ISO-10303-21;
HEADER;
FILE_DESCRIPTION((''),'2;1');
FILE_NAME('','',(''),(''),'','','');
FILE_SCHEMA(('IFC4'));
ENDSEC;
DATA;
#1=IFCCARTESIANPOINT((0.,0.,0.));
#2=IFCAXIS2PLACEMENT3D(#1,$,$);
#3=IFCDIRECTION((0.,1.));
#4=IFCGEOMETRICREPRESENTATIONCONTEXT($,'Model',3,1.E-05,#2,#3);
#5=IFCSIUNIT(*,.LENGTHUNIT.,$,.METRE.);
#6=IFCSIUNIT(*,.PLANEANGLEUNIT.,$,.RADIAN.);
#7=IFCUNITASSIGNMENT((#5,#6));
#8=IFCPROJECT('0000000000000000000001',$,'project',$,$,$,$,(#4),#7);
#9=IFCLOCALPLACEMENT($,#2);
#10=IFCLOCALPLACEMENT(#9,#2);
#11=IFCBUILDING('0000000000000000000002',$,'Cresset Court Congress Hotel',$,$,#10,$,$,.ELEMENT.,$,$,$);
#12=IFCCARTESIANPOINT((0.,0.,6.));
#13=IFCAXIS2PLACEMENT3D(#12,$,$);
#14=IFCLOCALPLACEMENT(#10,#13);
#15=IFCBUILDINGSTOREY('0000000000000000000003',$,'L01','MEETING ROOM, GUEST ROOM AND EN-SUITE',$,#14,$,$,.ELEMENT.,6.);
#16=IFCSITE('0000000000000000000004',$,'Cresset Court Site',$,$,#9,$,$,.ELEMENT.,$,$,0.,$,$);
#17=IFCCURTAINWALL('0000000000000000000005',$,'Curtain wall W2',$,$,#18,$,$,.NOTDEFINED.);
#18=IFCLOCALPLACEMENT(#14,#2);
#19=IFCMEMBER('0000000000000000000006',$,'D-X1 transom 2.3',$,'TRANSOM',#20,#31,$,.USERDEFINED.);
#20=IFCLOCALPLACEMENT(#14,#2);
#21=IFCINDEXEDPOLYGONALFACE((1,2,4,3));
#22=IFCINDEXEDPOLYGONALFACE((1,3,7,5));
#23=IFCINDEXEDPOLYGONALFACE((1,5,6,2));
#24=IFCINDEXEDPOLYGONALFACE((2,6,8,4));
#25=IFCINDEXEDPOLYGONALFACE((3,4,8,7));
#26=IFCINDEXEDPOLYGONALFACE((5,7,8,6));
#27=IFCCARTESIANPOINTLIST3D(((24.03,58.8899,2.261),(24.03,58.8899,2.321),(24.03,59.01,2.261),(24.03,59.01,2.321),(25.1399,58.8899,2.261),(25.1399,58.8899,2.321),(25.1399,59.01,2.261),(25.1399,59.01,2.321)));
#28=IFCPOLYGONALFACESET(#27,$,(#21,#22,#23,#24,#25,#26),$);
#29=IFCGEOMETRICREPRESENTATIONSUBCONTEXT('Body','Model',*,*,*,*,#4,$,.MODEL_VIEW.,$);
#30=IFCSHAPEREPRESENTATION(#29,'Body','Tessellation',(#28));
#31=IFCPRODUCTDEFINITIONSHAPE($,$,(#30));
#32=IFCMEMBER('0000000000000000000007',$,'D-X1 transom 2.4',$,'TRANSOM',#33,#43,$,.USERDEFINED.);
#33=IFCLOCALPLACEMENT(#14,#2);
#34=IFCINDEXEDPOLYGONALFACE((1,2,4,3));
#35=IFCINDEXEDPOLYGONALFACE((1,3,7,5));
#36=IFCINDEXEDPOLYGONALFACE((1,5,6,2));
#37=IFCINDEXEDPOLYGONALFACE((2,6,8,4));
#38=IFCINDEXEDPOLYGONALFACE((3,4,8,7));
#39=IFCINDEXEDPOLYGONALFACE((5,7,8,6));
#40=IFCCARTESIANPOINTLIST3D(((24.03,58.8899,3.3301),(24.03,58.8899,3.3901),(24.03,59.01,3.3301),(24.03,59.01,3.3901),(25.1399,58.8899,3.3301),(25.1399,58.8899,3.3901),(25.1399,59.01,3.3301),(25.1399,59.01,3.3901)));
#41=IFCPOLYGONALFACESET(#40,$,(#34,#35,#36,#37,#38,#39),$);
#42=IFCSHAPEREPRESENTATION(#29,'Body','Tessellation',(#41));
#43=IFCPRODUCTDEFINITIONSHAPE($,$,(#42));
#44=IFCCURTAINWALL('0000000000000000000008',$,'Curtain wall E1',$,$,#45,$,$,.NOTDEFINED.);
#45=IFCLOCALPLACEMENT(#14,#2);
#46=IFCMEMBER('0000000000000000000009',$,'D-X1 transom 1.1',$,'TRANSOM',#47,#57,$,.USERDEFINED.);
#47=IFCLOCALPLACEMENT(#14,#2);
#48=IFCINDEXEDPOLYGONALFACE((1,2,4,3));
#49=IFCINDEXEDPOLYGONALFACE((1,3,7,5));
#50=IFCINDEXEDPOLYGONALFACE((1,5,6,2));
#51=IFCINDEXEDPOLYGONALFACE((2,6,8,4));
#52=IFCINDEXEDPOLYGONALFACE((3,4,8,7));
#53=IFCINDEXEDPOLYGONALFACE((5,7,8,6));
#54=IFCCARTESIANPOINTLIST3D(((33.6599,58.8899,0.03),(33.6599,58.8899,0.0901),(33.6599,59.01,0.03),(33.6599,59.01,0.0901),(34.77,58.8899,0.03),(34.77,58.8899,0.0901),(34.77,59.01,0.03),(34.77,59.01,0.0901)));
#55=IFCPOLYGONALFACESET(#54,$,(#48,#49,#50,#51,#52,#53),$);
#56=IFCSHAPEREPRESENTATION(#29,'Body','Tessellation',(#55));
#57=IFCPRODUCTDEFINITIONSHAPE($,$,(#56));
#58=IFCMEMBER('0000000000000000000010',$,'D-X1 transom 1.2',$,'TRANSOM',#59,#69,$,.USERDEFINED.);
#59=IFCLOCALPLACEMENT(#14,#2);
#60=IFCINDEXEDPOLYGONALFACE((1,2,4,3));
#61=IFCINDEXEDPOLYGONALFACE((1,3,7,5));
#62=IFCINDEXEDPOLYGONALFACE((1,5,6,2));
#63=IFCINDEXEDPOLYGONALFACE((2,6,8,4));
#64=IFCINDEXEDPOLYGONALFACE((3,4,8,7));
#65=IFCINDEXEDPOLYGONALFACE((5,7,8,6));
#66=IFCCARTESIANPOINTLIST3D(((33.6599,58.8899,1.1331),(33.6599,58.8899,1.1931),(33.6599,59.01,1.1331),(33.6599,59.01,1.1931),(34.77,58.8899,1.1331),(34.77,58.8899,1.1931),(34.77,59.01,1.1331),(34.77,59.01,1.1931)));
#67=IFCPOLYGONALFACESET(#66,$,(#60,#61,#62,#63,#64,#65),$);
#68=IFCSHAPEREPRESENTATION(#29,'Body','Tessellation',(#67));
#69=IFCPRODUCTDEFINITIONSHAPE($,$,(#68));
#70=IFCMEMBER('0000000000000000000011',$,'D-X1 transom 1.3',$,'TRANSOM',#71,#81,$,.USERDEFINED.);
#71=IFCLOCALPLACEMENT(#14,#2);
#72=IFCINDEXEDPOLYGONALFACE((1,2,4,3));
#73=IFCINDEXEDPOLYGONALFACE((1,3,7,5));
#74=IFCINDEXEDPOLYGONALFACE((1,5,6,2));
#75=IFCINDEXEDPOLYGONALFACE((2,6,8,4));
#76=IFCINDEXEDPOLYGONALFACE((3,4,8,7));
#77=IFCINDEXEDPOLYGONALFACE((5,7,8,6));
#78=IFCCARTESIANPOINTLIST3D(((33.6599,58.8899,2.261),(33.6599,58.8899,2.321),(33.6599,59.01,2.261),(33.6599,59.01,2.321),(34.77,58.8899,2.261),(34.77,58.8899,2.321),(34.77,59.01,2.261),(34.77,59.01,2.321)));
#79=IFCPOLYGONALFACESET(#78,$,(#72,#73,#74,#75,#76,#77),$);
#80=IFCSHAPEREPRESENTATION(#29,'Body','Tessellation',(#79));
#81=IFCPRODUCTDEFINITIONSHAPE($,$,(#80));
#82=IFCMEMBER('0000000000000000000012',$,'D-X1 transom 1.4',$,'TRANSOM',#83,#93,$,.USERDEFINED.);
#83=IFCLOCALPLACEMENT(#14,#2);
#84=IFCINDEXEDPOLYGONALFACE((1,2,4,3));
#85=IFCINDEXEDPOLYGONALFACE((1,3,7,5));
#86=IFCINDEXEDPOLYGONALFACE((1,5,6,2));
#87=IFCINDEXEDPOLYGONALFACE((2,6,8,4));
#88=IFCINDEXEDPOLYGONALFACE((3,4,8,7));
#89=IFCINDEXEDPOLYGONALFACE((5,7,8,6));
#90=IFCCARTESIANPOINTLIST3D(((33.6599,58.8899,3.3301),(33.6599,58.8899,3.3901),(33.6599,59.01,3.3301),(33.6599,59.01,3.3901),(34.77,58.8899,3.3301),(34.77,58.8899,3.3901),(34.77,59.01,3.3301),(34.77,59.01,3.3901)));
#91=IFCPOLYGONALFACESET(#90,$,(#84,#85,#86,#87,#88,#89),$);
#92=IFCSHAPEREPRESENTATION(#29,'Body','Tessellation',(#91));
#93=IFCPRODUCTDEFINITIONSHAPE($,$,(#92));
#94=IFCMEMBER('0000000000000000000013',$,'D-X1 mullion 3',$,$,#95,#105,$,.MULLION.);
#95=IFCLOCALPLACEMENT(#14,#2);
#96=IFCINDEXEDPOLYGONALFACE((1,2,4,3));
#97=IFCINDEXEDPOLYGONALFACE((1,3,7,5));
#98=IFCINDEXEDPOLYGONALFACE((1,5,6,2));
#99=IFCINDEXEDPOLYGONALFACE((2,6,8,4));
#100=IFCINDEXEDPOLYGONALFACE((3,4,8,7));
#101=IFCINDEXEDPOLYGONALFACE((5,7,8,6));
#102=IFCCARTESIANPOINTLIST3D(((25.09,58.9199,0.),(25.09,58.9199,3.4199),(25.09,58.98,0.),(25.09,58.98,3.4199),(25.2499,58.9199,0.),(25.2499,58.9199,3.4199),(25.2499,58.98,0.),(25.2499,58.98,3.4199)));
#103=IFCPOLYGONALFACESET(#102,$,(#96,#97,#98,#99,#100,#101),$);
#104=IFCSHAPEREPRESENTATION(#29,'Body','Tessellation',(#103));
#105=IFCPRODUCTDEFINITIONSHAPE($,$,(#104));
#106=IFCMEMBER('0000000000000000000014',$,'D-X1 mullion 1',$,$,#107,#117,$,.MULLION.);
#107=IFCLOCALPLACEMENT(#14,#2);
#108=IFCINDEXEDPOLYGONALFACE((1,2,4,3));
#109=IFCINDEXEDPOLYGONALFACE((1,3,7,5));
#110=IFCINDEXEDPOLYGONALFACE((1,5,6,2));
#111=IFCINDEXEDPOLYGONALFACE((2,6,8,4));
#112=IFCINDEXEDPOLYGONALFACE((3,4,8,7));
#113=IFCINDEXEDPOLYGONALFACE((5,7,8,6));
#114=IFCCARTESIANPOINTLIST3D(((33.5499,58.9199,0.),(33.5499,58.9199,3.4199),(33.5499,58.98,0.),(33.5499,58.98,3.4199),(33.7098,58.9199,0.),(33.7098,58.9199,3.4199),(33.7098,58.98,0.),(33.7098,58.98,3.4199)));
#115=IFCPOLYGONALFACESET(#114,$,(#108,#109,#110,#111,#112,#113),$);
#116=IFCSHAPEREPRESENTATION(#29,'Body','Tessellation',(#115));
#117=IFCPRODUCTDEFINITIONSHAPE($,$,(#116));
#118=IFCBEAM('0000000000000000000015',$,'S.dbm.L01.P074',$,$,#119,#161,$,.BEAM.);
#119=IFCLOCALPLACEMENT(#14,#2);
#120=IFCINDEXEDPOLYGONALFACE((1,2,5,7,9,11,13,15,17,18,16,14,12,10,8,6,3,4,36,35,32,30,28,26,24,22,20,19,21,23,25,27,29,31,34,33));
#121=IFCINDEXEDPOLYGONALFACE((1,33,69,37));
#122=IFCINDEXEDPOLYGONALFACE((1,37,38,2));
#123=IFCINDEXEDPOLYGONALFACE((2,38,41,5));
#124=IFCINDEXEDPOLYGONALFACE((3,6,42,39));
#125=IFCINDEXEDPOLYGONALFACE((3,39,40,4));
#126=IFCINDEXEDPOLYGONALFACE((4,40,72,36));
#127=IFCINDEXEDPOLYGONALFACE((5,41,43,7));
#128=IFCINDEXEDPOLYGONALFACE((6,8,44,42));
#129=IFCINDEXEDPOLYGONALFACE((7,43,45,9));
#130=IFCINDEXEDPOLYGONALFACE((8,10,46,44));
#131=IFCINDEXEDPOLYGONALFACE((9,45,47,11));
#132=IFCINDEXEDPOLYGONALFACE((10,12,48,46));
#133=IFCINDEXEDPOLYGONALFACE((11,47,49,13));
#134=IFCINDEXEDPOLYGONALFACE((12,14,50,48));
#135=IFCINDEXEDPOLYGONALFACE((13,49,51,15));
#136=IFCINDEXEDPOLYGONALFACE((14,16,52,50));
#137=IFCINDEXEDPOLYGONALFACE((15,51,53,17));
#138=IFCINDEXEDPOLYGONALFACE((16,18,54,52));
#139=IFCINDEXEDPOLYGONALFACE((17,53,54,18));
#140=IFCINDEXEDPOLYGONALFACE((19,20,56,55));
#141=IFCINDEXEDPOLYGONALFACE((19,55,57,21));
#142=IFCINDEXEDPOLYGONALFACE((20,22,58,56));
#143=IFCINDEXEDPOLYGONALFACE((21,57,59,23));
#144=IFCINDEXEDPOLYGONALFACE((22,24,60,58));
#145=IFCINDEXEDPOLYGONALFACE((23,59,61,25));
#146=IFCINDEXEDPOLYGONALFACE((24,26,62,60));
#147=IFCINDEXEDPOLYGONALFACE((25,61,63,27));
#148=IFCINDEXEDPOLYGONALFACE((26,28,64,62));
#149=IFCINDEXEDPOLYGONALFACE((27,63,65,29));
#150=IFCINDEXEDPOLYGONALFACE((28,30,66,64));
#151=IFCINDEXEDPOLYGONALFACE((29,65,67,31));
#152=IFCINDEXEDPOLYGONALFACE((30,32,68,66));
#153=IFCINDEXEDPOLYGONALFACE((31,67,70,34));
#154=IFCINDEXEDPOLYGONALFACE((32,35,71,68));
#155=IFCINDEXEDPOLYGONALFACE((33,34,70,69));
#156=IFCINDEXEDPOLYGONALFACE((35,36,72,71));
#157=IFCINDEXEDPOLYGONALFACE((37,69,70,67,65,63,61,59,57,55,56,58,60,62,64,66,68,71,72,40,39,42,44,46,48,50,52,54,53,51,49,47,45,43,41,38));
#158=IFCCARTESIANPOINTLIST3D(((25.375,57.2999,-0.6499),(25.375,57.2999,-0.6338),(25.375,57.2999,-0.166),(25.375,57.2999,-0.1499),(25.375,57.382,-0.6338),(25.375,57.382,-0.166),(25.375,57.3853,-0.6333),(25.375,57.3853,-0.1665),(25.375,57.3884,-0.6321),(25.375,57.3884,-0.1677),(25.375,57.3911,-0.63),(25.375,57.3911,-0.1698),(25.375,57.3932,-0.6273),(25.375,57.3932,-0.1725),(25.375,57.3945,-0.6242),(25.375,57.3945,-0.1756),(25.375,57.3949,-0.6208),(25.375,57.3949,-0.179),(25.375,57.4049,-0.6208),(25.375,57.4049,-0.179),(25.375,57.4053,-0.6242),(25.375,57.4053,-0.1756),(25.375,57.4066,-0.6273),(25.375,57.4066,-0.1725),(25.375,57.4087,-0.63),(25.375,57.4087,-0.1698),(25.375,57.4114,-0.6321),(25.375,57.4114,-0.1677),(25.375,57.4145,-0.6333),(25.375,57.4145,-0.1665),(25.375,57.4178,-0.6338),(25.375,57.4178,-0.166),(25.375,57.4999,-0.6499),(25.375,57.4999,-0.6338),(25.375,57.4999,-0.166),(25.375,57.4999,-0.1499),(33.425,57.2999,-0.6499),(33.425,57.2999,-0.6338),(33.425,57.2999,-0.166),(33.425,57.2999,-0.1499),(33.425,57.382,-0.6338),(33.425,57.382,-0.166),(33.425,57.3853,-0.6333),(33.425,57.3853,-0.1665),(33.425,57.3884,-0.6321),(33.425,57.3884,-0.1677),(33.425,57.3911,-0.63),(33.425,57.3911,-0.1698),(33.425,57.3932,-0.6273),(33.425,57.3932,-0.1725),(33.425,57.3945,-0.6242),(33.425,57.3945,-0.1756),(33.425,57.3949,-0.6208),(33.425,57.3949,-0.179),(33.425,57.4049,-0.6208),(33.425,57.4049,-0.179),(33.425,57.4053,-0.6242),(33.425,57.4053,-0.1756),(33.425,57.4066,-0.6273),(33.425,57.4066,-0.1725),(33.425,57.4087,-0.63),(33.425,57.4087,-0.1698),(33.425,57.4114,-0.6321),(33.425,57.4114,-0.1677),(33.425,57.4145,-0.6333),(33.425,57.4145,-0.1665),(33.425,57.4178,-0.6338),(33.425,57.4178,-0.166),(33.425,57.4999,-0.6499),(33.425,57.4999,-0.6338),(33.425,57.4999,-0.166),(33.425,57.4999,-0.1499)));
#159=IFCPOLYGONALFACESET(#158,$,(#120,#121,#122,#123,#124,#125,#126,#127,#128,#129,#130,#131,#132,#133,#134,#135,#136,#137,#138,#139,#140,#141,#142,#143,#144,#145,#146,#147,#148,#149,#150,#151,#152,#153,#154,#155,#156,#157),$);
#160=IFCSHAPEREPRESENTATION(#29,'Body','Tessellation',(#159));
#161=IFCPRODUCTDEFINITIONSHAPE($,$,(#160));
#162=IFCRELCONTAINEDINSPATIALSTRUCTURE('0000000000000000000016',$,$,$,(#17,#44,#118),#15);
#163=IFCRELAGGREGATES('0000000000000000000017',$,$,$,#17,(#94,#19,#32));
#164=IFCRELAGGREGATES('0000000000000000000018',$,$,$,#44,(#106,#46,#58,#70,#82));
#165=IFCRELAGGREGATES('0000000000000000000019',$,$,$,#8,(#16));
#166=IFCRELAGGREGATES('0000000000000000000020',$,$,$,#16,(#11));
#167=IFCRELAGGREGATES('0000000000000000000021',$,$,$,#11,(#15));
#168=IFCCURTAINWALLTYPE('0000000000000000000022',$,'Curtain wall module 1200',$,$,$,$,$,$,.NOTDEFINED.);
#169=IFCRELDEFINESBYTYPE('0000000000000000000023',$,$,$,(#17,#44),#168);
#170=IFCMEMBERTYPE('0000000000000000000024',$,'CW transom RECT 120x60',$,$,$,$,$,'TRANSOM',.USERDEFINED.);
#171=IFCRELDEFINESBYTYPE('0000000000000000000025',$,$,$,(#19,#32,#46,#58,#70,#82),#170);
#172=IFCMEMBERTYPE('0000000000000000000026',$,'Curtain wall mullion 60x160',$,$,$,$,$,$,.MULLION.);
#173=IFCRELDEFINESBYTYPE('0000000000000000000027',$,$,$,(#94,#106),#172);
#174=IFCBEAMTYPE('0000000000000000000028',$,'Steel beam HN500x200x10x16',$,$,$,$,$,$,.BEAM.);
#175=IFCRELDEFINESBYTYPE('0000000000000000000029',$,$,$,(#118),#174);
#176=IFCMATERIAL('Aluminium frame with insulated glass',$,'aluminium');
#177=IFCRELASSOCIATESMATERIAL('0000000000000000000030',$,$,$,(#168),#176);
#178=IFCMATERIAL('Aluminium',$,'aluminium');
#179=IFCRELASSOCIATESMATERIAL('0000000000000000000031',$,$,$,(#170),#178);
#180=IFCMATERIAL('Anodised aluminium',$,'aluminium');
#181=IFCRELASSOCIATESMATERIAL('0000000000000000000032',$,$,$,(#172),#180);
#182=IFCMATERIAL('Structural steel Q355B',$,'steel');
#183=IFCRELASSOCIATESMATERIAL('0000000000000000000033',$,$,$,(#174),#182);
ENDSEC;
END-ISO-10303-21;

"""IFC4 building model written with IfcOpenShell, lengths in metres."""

from ifc_helpers import new_model, si_unit, direction, frame, origin, origin_2d, place, context, subcontext, project, spatial, rectangle, i_section, extrude, material, material_profile, profile_set, type_object, element, aggregate, save


model = new_model("IFC4")

# Units and contexts
model_context = context("Model", 3, precision=1e-05, world=origin(), true_north=direction((0.0, 1.0)))
body_context = subcontext(model_context, "Body", "Model", "MODEL_VIEW")
ifc_project = project(units=[si_unit("LENGTHUNIT", "METRE"), si_unit("PLANEANGLEUNIT", "RADIAN")], contexts=[model_context])

# Site, building, storey
site_placement = place(None, origin())
site = spatial("IfcSite", under=ifc_project, at=site_placement, Name="Cresset Court Site", CompositionType="ELEMENT", RefElevation=0.0)
building_placement = place(site_placement, origin())
building = spatial("IfcBuilding", under=site, at=building_placement, Name="Cresset Court Congress Hotel", CompositionType="ELEMENT")
storey_placement = place(building_placement, frame((0.0, 0.0, 6.0)))
storey = spatial("IfcBuildingStorey", under=building, at=storey_placement, Name="L01", Description="MEETING ROOM, GUEST ROOM AND EN-SUITE", CompositionType="ELEMENT", Elevation=6.0)

# Curtain walls, members
ifc_material_1 = material(Name="Aluminium frame with insulated glass", Category="aluminium")
curtain_wall_type = type_object("IfcCurtainWallType", Name="Curtain wall module 1200", PredefinedType="NOTDEFINED", material=ifc_material_1)
curtain_wall_1_placement = place(storey_placement, origin())
curtain_wall_1 = element("IfcCurtainWall", 1, at=curtain_wall_1_placement, inside=storey, type_object=curtain_wall_type, Name="Curtain wall W2", PredefinedType="NOTDEFINED")
ifc_material_2 = material(Name="Aluminium", Category="aluminium")
ifc_material_profile_1 = material_profile(ifc_material_2, rectangle(XDim=0.1201, YDim=0.0601, at=origin_2d()), Name="AL 120x60")
ifc_profile_set_1 = profile_set([ifc_material_profile_1], Name="Aluminium")
member_type_1 = type_object("IfcMemberType", Name="CW transom RECT 120x60", ElementType="TRANSOM", PredefinedType="USERDEFINED", material=ifc_profile_set_1)
member_1_placement = place(storey_placement, frame((24.03, 58.95, 2.291), z_axis=(1.0, 0.0, 0.0), x_axis=(0.0, 1.0, 0.0)))
member_1 = element("IfcMember", 2, at=member_1_placement, type_object=member_type_1, Name="D-X1 transom 2.3", ObjectType="TRANSOM", PredefinedType="USERDEFINED", context=body_context, shape_type="SweptSolid", body=[
    extrude(rectangle(XDim=0.1201, YDim=0.0601, at=origin_2d()), origin(), (0.0, 0.0, 1.0), 1.1099),
])
member_2_placement = place(storey_placement, frame((24.03, 58.95, 3.3601), z_axis=(1.0, 0.0, 0.0), x_axis=(0.0, 1.0, 0.0)))
member_2 = element("IfcMember", 3, at=member_2_placement, type_object=member_type_1, Name="D-X1 transom 2.4", ObjectType="TRANSOM", PredefinedType="USERDEFINED", context=body_context, shape_type="SweptSolid", body=[
    extrude(rectangle(XDim=0.1201, YDim=0.0601, at=origin_2d()), origin(), (0.0, 0.0, 1.0), 1.1099),
])
curtain_wall_2_placement = place(storey_placement, origin())
curtain_wall_2 = element("IfcCurtainWall", 4, at=curtain_wall_2_placement, inside=storey, type_object=curtain_wall_type, Name="Curtain wall E1", PredefinedType="NOTDEFINED")
member_3_placement = place(storey_placement, frame((33.6599, 58.95, 0.0601), z_axis=(1.0, 0.0, 0.0), x_axis=(0.0, 1.0, 0.0)))
member_3 = element("IfcMember", 5, at=member_3_placement, type_object=member_type_1, Name="D-X1 transom 1.1", ObjectType="TRANSOM", PredefinedType="USERDEFINED", context=body_context, shape_type="SweptSolid", body=[
    extrude(rectangle(XDim=0.1201, YDim=0.0601, at=origin_2d()), origin(), (0.0, 0.0, 1.0), 1.1101),
])
member_4_placement = place(storey_placement, frame((33.6599, 58.95, 1.1631), z_axis=(1.0, 0.0, 0.0), x_axis=(0.0, 1.0, 0.0)))
member_4 = element("IfcMember", 6, at=member_4_placement, type_object=member_type_1, Name="D-X1 transom 1.2", ObjectType="TRANSOM", PredefinedType="USERDEFINED", context=body_context, shape_type="SweptSolid", body=[
    extrude(rectangle(XDim=0.1201, YDim=0.0601, at=origin_2d()), origin(), (0.0, 0.0, 1.0), 1.1101),
])
member_5_placement = place(storey_placement, frame((33.6599, 58.95, 2.291), z_axis=(1.0, 0.0, 0.0), x_axis=(0.0, 1.0, 0.0)))
member_5 = element("IfcMember", 7, at=member_5_placement, type_object=member_type_1, Name="D-X1 transom 1.3", ObjectType="TRANSOM", PredefinedType="USERDEFINED", context=body_context, shape_type="SweptSolid", body=[
    extrude(rectangle(XDim=0.1201, YDim=0.0601, at=origin_2d()), origin(), (0.0, 0.0, 1.0), 1.1101),
])
member_6_placement = place(storey_placement, frame((33.6599, 58.95, 3.3601), z_axis=(1.0, 0.0, 0.0), x_axis=(0.0, 1.0, 0.0)))
member_6 = element("IfcMember", 8, at=member_6_placement, type_object=member_type_1, Name="D-X1 transom 1.4", ObjectType="TRANSOM", PredefinedType="USERDEFINED", context=body_context, shape_type="SweptSolid", body=[
    extrude(rectangle(XDim=0.1201, YDim=0.0601, at=origin_2d()), origin(), (0.0, 0.0, 1.0), 1.1101),
])

# Members
ifc_material_3 = material(Name="Anodised aluminium", Category="aluminium")
ifc_material_profile_2 = material_profile(ifc_material_3, rectangle(XDim=0.0601, YDim=0.1599, at=origin_2d()), Name="AL60x160")
ifc_profile_set_2 = profile_set([ifc_material_profile_2], Name="Anodised aluminium")
member_type_2 = type_object("IfcMemberType", Name="Curtain wall mullion 60x160", PredefinedType="MULLION", material=ifc_profile_set_2)
member_7_placement = place(storey_placement, frame((25.1699, 58.95, 0.0), z_axis=(0.0, 0.0, 1.0), x_axis=(0.0, 1.0, 0.0)))
member_7 = element("IfcMember", 9, at=member_7_placement, type_object=member_type_2, Name="D-X1 mullion 3", PredefinedType="MULLION", context=body_context, shape_type="SweptSolid", body=[
    extrude(rectangle(XDim=0.0601, YDim=0.1599, at=origin_2d()), origin(), (0.0, 0.0, 1.0), 3.4199),
])
member_8_placement = place(storey_placement, frame((33.6299, 58.95, 0.0), z_axis=(0.0, 0.0, 1.0), x_axis=(0.0, 1.0, 0.0)))
member_8 = element("IfcMember", 10, at=member_8_placement, type_object=member_type_2, Name="D-X1 mullion 1", PredefinedType="MULLION", context=body_context, shape_type="SweptSolid", body=[
    extrude(rectangle(XDim=0.0601, YDim=0.1599, at=origin_2d()), origin(), (0.0, 0.0, 1.0), 3.4199),
])

# Beam
ifc_material_4 = material(Name="Structural steel Q355B", Category="steel")
ifc_material_profile_3 = material_profile(ifc_material_4, i_section(OverallWidth=0.2, OverallDepth=0.5, WebThickness=0.01, FlangeThickness=0.0161, FilletRadius=0.0129, at=origin_2d()), Name="HN500x200x10x16")
ifc_profile_set_3 = profile_set([ifc_material_profile_3], Name="Structural steel Q355B")
beam_type_1 = type_object("IfcBeamType", Name="Steel beam HN500x200x10x16", PredefinedType="BEAM", material=ifc_profile_set_3)
for number, where, z_axis, x_axis, name in (
    (11, (25.375, 57.3999, -0.3999), (1.0, 0.0, 0.0), (0.0, 1.0, 0.0), "S.dbm.L01.P074"),
):
    element("IfcBeam", number, at=place(storey_placement, frame(where, z_axis=z_axis, x_axis=x_axis)), inside=storey, type_object=beam_type_1, Name=name, PredefinedType="BEAM", context=body_context, shape_type="SweptSolid", body=[
        extrude(i_section(OverallWidth=0.2, OverallDepth=0.5, WebThickness=0.01, FlangeThickness=0.0161, FilletRadius=0.0129, at=origin_2d()), origin(), (0.0, 0.0, 1.0), 8.05),
    ])

aggregate(curtain_wall_1, [member_7, member_1, member_2])
aggregate(curtain_wall_2, [member_8, member_3, member_4, member_5, member_6])

save(model, "model.ifc")
